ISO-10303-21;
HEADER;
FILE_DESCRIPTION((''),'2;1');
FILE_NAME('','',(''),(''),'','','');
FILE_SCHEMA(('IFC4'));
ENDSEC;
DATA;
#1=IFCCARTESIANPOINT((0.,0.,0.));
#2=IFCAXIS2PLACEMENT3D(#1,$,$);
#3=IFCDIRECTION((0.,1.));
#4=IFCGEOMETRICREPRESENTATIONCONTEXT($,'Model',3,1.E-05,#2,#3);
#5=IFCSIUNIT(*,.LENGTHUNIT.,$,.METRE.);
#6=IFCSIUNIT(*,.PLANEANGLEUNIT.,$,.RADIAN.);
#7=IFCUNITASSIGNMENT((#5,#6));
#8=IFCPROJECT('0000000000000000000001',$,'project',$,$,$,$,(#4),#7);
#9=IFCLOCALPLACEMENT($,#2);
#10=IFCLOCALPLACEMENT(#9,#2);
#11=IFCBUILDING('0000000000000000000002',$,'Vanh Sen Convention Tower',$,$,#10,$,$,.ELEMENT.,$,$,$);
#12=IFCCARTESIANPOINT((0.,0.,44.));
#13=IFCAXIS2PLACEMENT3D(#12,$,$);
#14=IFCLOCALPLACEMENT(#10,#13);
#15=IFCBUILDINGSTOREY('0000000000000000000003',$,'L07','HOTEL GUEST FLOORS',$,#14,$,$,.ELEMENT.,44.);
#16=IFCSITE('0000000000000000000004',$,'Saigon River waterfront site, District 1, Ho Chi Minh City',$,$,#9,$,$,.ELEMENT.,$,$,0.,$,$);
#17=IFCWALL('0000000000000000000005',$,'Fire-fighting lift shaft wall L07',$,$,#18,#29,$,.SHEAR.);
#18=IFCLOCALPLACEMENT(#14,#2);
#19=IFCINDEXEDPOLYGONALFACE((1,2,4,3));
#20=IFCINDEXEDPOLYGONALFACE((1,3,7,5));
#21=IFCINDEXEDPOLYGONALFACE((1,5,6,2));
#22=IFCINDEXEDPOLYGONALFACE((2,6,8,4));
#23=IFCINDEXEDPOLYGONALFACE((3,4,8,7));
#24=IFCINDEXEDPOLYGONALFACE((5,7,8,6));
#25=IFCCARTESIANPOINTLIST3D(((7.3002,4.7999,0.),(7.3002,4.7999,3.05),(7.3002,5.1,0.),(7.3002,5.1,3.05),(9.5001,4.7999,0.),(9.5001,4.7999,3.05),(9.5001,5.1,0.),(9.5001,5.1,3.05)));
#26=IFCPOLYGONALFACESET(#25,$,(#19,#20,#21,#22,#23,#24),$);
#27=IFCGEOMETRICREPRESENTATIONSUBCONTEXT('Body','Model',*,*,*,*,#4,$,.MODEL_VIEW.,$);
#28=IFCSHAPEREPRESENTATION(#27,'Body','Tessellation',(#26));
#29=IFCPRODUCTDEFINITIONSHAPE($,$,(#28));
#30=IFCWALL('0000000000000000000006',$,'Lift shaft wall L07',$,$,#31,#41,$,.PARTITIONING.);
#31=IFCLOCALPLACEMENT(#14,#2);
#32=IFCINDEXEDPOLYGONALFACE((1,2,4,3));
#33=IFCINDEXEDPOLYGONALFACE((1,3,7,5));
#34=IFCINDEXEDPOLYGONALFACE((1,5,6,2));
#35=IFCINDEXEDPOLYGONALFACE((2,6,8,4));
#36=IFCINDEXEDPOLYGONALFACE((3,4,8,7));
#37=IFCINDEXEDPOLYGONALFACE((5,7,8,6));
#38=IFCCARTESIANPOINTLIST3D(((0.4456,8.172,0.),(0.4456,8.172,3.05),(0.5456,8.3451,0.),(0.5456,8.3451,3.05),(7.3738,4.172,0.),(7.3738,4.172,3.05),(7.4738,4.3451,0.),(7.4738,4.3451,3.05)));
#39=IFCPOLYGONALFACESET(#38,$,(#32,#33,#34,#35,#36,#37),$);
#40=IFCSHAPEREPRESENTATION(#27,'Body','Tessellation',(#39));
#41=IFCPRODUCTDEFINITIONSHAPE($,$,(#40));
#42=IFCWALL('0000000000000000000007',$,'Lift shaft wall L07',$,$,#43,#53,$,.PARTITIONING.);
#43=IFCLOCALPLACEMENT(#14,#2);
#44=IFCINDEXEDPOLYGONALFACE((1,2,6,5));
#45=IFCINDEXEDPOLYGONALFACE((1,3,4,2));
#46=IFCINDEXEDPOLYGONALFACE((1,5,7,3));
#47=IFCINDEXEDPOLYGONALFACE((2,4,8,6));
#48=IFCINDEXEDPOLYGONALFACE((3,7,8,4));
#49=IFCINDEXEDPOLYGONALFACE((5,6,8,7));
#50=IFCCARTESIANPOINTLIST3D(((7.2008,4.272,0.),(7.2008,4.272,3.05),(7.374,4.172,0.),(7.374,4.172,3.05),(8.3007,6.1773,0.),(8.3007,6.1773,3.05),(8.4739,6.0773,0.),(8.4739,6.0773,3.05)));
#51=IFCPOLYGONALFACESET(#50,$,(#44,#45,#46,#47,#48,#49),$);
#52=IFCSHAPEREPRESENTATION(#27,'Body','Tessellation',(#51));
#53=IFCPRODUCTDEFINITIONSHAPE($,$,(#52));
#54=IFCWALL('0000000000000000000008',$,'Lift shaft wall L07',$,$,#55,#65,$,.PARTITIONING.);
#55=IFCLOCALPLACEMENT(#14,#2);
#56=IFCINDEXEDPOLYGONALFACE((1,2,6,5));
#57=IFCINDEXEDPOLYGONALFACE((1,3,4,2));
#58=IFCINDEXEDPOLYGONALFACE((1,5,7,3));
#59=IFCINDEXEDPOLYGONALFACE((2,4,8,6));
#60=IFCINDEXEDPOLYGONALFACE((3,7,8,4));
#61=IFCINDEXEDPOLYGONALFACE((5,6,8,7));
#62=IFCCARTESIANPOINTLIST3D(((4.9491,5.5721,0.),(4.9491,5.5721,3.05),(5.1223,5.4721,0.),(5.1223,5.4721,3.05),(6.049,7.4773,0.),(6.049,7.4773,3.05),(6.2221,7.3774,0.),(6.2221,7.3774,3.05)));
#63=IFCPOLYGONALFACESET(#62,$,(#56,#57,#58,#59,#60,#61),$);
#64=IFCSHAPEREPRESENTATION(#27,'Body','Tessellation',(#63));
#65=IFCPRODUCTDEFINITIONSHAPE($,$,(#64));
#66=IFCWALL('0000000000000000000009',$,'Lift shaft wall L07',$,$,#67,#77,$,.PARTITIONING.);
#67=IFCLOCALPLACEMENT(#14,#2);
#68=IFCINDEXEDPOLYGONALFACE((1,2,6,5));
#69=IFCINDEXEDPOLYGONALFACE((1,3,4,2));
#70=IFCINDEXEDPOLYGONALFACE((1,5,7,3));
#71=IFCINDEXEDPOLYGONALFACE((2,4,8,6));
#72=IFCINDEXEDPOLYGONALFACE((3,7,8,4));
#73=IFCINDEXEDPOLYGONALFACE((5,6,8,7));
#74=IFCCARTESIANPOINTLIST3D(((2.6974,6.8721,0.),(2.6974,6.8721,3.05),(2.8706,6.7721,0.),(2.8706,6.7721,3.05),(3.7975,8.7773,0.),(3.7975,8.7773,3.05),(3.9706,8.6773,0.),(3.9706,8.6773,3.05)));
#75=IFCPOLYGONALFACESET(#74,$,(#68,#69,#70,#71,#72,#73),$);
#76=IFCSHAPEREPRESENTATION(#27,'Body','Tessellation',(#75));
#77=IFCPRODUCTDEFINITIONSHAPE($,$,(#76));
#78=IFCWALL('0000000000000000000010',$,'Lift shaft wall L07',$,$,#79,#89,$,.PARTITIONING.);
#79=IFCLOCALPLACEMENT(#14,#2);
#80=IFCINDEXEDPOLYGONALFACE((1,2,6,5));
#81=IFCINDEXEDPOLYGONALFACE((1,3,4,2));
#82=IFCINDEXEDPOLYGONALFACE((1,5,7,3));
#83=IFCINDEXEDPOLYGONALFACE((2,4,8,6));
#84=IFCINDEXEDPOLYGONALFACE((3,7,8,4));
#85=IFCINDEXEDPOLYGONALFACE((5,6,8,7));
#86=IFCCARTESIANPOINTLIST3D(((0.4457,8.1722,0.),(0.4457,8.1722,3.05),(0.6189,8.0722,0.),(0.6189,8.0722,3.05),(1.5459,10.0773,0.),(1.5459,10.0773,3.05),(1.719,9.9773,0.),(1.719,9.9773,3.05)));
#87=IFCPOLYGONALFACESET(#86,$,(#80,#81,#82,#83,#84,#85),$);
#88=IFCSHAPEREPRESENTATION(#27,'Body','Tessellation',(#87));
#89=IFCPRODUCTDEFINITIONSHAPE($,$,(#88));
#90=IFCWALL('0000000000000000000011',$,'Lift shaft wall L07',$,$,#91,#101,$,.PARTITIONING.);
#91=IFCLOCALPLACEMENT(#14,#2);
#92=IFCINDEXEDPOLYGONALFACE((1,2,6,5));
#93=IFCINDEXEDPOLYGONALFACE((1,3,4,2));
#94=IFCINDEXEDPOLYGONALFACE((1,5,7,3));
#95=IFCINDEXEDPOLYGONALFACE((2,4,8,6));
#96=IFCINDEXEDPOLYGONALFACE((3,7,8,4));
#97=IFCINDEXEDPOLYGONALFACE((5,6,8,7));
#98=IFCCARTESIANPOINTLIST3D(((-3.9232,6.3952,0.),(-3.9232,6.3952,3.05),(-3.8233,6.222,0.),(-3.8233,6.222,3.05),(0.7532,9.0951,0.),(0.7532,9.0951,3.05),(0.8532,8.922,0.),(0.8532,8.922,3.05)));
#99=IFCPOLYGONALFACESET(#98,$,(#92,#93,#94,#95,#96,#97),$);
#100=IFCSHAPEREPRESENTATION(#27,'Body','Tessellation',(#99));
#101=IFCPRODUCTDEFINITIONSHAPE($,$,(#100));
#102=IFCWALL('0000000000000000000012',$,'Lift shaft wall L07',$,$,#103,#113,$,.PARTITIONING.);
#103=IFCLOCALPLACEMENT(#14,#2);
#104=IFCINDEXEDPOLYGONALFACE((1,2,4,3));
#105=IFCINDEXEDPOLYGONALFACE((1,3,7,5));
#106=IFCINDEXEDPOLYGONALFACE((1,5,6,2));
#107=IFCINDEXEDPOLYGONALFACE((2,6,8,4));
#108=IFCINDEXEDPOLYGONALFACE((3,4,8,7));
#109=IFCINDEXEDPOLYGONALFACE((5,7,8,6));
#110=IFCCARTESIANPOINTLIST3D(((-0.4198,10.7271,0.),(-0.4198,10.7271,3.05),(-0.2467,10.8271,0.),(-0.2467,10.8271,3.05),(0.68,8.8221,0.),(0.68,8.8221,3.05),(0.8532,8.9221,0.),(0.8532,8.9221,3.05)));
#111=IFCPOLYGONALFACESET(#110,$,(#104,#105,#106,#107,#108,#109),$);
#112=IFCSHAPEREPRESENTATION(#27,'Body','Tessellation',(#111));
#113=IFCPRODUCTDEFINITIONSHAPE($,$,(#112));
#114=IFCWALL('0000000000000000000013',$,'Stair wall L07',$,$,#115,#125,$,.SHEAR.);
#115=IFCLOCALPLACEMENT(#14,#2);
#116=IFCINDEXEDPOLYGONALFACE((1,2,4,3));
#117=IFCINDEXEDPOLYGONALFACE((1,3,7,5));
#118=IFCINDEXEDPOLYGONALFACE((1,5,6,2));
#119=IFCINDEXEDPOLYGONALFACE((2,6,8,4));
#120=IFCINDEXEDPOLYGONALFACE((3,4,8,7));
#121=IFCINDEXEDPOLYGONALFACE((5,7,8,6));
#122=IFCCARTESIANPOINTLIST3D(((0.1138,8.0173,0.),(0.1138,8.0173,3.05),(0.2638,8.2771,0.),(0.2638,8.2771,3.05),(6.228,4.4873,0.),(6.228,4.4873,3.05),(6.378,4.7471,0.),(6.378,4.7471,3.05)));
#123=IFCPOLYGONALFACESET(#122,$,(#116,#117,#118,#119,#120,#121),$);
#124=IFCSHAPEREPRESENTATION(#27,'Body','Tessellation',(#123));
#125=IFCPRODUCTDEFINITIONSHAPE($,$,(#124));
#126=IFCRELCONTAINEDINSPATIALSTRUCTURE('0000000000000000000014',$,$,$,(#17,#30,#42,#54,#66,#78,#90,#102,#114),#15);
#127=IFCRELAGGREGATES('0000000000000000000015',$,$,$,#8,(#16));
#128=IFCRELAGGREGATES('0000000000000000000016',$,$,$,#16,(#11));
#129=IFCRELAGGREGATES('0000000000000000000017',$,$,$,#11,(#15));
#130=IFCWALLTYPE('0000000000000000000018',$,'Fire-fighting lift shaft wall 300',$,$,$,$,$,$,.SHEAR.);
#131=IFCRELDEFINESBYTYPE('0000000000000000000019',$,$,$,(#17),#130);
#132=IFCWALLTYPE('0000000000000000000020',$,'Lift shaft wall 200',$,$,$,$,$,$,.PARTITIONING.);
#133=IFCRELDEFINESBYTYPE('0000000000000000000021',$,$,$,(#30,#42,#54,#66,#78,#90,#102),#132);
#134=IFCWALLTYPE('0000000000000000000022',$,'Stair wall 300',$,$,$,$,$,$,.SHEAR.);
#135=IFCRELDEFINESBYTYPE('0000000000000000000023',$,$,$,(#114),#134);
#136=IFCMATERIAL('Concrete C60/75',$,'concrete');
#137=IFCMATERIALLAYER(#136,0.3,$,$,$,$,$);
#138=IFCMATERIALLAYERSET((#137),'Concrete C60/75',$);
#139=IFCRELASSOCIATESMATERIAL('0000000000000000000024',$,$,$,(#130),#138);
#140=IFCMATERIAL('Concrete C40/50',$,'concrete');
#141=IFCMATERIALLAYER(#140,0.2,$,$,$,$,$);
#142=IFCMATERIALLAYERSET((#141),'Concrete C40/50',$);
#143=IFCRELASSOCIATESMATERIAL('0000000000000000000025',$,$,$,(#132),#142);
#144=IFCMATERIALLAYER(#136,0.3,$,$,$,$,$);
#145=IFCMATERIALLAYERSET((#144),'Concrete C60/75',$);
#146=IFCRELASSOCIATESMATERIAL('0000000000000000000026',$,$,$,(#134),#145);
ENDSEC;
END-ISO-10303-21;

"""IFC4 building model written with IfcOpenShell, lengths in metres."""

from ifc_helpers import new_model, si_unit, direction, frame, frame_2d, origin, place, context, subcontext, project, spatial, rectangle, extrude, material, layer, layer_set, type_object, element, save


model = new_model("IFC4")

# Units and contexts
model_context = context("Model", 3, precision=1e-05, world=origin(), true_north=direction((0.0, 1.0)))
body_context = subcontext(model_context, "Body", "Model", "MODEL_VIEW")
ifc_project = project(units=[si_unit("LENGTHUNIT", "METRE"), si_unit("PLANEANGLEUNIT", "RADIAN")], contexts=[model_context])

# Site, building, storey
site_placement = place(None, origin())
site = spatial("IfcSite", under=ifc_project, at=site_placement, Name="Saigon River waterfront site, District 1, Ho Chi Minh City", CompositionType="ELEMENT", RefElevation=0.0)
building_placement = place(site_placement, origin())
building = spatial("IfcBuilding", under=site, at=building_placement, Name="Vanh Sen Convention Tower", CompositionType="ELEMENT")
storey_placement = place(building_placement, frame((0.0, 0.0, 44.0)))
storey = spatial("IfcBuildingStorey", under=building, at=storey_placement, Name="L07", Description="HOTEL GUEST FLOORS", CompositionType="ELEMENT", Elevation=44.0)

# Shared definitions
ifc_material_1 = material(Name="Concrete C60/75", Category="concrete")
ifc_layer_1 = layer(ifc_material_1, 0.3)
ifc_layer_set_1 = layer_set([ifc_layer_1], Name="Concrete C60/75")
wall_type_1 = type_object("IfcWallType", Name="Fire-fighting lift shaft wall 300", PredefinedType="SHEAR", material=ifc_layer_set_1)

# Walls
wall_1_placement = place(storey_placement, frame((7.3, 4.95, 0.0), z_axis=(0.0, 0.0, 1.0), x_axis=(1.0, 0.0, 0.0)))
element("IfcWall", 1, at=wall_1_placement, inside=storey, type_object=wall_type_1, Name="Fire-fighting lift shaft wall L07", PredefinedType="SHEAR", context=body_context, shape_type="SweptSolid", body=[
    extrude(rectangle(XDim=2.2, YDim=0.3, at=frame_2d((1.1001, 0.0))), origin(), (0.0, 0.0, 1.0), 3.05),
])
ifc_material_2 = material(Name="Concrete C40/50", Category="concrete")
ifc_layer_2 = layer(ifc_material_2, 0.2)
ifc_layer_set_2 = layer_set([ifc_layer_2], Name="Concrete C40/50")
wall_type_2 = type_object("IfcWallType", Name="Lift shaft wall 200", PredefinedType="PARTITIONING", material=ifc_layer_set_2)
wall_2_placement = place(storey_placement, frame((7.4238, 4.2585, 0.0), z_axis=(0.0, 0.0, 1.0), x_axis=(-0.866026, 0.499999, 0.0)))
element("IfcWall", 2, at=wall_2_placement, inside=storey, type_object=wall_type_2, Name="Lift shaft wall L07", PredefinedType="PARTITIONING", context=body_context, shape_type="SweptSolid", body=[
    extrude(rectangle(XDim=8.0, YDim=0.2, at=frame_2d((4.0, 0.0))), origin(), (0.0, 0.0, 1.0), 3.05),
])
for number, where, z_axis, x_axis, name in (
    (3, (7.2874, 4.2219, 0.0), (0.0, 0.0, 1.0), (0.499947, 0.866056, 0.0), "Lift shaft wall L07"),
    (4, (5.0356, 5.522, 0.0), (0.0, 0.0, 1.0), (0.499947, 0.866056, 0.0), "Lift shaft wall L07"),
    (5, (2.7839, 6.822, 0.0), (0.0, 0.0, 1.0), (0.50003, 0.866008, 0.0), "Lift shaft wall L07"),
    (6, (0.5322, 8.1221, 0.0), (0.0, 0.0, 1.0), (0.500078, 0.86598, 0.0), "Lift shaft wall L07"),
):
    element("IfcWall", number, at=place(storey_placement, frame(where, z_axis=z_axis, x_axis=x_axis)), inside=storey, type_object=wall_type_2, Name=name, PredefinedType="PARTITIONING", context=body_context, shape_type="SweptSolid", body=[
        extrude(rectangle(XDim=2.2, YDim=0.2, at=frame_2d((1.1001, 0.0))), origin(), (0.0, 0.0, 1.0), 3.05),
    ])
wall_3_placement = place(storey_placement, frame((0.8032, 9.0085, 0.0), z_axis=(0.0, 0.0, 1.0), x_axis=(-0.866028, -0.499995, 0.0)))
element("IfcWall", 7, at=wall_3_placement, inside=storey, type_object=wall_type_2, Name="Lift shaft wall L07", PredefinedType="PARTITIONING", context=body_context, shape_type="SweptSolid", body=[
    extrude(rectangle(XDim=5.3999, YDim=0.2, at=frame_2d((2.7, 0.0))), origin(), (0.0, 0.0, 1.0), 3.05),
])
wall_4_placement = place(storey_placement, frame((0.7666, 8.8721, 0.0), z_axis=(0.0, 0.0, 1.0), x_axis=(-0.499995, 0.866028, 0.0)))
element("IfcWall", 8, at=wall_4_placement, inside=storey, type_object=wall_type_2, Name="Lift shaft wall L07", PredefinedType="PARTITIONING", context=body_context, shape_type="SweptSolid", body=[
    extrude(rectangle(XDim=2.1997, YDim=0.2, at=frame_2d((1.0999, 0.0))), origin(), (0.0, 0.0, 1.0), 3.05),
])
ifc_layer_3 = layer(ifc_material_1, 0.3)
ifc_layer_set_3 = layer_set([ifc_layer_3], Name="Concrete C60/75")
wall_type_3 = type_object("IfcWallType", Name="Stair wall 300", PredefinedType="SHEAR", material=ifc_layer_set_3)
wall_5_placement = place(storey_placement, frame((6.303, 4.6172, 0.0), z_axis=(0.0, 0.0, 1.0), x_axis=(-0.866028, 0.499996, 0.0)))
element("IfcWall", 9, at=wall_5_placement, inside=storey, type_object=wall_type_3, Name="Stair wall L07", PredefinedType="SHEAR", context=body_context, shape_type="SweptSolid", body=[
    extrude(rectangle(XDim=7.0601, YDim=0.3, at=frame_2d((3.53, 0.0))), origin(), (0.0, 0.0, 1.0), 3.05),
])

save(model, "model.ifc")
